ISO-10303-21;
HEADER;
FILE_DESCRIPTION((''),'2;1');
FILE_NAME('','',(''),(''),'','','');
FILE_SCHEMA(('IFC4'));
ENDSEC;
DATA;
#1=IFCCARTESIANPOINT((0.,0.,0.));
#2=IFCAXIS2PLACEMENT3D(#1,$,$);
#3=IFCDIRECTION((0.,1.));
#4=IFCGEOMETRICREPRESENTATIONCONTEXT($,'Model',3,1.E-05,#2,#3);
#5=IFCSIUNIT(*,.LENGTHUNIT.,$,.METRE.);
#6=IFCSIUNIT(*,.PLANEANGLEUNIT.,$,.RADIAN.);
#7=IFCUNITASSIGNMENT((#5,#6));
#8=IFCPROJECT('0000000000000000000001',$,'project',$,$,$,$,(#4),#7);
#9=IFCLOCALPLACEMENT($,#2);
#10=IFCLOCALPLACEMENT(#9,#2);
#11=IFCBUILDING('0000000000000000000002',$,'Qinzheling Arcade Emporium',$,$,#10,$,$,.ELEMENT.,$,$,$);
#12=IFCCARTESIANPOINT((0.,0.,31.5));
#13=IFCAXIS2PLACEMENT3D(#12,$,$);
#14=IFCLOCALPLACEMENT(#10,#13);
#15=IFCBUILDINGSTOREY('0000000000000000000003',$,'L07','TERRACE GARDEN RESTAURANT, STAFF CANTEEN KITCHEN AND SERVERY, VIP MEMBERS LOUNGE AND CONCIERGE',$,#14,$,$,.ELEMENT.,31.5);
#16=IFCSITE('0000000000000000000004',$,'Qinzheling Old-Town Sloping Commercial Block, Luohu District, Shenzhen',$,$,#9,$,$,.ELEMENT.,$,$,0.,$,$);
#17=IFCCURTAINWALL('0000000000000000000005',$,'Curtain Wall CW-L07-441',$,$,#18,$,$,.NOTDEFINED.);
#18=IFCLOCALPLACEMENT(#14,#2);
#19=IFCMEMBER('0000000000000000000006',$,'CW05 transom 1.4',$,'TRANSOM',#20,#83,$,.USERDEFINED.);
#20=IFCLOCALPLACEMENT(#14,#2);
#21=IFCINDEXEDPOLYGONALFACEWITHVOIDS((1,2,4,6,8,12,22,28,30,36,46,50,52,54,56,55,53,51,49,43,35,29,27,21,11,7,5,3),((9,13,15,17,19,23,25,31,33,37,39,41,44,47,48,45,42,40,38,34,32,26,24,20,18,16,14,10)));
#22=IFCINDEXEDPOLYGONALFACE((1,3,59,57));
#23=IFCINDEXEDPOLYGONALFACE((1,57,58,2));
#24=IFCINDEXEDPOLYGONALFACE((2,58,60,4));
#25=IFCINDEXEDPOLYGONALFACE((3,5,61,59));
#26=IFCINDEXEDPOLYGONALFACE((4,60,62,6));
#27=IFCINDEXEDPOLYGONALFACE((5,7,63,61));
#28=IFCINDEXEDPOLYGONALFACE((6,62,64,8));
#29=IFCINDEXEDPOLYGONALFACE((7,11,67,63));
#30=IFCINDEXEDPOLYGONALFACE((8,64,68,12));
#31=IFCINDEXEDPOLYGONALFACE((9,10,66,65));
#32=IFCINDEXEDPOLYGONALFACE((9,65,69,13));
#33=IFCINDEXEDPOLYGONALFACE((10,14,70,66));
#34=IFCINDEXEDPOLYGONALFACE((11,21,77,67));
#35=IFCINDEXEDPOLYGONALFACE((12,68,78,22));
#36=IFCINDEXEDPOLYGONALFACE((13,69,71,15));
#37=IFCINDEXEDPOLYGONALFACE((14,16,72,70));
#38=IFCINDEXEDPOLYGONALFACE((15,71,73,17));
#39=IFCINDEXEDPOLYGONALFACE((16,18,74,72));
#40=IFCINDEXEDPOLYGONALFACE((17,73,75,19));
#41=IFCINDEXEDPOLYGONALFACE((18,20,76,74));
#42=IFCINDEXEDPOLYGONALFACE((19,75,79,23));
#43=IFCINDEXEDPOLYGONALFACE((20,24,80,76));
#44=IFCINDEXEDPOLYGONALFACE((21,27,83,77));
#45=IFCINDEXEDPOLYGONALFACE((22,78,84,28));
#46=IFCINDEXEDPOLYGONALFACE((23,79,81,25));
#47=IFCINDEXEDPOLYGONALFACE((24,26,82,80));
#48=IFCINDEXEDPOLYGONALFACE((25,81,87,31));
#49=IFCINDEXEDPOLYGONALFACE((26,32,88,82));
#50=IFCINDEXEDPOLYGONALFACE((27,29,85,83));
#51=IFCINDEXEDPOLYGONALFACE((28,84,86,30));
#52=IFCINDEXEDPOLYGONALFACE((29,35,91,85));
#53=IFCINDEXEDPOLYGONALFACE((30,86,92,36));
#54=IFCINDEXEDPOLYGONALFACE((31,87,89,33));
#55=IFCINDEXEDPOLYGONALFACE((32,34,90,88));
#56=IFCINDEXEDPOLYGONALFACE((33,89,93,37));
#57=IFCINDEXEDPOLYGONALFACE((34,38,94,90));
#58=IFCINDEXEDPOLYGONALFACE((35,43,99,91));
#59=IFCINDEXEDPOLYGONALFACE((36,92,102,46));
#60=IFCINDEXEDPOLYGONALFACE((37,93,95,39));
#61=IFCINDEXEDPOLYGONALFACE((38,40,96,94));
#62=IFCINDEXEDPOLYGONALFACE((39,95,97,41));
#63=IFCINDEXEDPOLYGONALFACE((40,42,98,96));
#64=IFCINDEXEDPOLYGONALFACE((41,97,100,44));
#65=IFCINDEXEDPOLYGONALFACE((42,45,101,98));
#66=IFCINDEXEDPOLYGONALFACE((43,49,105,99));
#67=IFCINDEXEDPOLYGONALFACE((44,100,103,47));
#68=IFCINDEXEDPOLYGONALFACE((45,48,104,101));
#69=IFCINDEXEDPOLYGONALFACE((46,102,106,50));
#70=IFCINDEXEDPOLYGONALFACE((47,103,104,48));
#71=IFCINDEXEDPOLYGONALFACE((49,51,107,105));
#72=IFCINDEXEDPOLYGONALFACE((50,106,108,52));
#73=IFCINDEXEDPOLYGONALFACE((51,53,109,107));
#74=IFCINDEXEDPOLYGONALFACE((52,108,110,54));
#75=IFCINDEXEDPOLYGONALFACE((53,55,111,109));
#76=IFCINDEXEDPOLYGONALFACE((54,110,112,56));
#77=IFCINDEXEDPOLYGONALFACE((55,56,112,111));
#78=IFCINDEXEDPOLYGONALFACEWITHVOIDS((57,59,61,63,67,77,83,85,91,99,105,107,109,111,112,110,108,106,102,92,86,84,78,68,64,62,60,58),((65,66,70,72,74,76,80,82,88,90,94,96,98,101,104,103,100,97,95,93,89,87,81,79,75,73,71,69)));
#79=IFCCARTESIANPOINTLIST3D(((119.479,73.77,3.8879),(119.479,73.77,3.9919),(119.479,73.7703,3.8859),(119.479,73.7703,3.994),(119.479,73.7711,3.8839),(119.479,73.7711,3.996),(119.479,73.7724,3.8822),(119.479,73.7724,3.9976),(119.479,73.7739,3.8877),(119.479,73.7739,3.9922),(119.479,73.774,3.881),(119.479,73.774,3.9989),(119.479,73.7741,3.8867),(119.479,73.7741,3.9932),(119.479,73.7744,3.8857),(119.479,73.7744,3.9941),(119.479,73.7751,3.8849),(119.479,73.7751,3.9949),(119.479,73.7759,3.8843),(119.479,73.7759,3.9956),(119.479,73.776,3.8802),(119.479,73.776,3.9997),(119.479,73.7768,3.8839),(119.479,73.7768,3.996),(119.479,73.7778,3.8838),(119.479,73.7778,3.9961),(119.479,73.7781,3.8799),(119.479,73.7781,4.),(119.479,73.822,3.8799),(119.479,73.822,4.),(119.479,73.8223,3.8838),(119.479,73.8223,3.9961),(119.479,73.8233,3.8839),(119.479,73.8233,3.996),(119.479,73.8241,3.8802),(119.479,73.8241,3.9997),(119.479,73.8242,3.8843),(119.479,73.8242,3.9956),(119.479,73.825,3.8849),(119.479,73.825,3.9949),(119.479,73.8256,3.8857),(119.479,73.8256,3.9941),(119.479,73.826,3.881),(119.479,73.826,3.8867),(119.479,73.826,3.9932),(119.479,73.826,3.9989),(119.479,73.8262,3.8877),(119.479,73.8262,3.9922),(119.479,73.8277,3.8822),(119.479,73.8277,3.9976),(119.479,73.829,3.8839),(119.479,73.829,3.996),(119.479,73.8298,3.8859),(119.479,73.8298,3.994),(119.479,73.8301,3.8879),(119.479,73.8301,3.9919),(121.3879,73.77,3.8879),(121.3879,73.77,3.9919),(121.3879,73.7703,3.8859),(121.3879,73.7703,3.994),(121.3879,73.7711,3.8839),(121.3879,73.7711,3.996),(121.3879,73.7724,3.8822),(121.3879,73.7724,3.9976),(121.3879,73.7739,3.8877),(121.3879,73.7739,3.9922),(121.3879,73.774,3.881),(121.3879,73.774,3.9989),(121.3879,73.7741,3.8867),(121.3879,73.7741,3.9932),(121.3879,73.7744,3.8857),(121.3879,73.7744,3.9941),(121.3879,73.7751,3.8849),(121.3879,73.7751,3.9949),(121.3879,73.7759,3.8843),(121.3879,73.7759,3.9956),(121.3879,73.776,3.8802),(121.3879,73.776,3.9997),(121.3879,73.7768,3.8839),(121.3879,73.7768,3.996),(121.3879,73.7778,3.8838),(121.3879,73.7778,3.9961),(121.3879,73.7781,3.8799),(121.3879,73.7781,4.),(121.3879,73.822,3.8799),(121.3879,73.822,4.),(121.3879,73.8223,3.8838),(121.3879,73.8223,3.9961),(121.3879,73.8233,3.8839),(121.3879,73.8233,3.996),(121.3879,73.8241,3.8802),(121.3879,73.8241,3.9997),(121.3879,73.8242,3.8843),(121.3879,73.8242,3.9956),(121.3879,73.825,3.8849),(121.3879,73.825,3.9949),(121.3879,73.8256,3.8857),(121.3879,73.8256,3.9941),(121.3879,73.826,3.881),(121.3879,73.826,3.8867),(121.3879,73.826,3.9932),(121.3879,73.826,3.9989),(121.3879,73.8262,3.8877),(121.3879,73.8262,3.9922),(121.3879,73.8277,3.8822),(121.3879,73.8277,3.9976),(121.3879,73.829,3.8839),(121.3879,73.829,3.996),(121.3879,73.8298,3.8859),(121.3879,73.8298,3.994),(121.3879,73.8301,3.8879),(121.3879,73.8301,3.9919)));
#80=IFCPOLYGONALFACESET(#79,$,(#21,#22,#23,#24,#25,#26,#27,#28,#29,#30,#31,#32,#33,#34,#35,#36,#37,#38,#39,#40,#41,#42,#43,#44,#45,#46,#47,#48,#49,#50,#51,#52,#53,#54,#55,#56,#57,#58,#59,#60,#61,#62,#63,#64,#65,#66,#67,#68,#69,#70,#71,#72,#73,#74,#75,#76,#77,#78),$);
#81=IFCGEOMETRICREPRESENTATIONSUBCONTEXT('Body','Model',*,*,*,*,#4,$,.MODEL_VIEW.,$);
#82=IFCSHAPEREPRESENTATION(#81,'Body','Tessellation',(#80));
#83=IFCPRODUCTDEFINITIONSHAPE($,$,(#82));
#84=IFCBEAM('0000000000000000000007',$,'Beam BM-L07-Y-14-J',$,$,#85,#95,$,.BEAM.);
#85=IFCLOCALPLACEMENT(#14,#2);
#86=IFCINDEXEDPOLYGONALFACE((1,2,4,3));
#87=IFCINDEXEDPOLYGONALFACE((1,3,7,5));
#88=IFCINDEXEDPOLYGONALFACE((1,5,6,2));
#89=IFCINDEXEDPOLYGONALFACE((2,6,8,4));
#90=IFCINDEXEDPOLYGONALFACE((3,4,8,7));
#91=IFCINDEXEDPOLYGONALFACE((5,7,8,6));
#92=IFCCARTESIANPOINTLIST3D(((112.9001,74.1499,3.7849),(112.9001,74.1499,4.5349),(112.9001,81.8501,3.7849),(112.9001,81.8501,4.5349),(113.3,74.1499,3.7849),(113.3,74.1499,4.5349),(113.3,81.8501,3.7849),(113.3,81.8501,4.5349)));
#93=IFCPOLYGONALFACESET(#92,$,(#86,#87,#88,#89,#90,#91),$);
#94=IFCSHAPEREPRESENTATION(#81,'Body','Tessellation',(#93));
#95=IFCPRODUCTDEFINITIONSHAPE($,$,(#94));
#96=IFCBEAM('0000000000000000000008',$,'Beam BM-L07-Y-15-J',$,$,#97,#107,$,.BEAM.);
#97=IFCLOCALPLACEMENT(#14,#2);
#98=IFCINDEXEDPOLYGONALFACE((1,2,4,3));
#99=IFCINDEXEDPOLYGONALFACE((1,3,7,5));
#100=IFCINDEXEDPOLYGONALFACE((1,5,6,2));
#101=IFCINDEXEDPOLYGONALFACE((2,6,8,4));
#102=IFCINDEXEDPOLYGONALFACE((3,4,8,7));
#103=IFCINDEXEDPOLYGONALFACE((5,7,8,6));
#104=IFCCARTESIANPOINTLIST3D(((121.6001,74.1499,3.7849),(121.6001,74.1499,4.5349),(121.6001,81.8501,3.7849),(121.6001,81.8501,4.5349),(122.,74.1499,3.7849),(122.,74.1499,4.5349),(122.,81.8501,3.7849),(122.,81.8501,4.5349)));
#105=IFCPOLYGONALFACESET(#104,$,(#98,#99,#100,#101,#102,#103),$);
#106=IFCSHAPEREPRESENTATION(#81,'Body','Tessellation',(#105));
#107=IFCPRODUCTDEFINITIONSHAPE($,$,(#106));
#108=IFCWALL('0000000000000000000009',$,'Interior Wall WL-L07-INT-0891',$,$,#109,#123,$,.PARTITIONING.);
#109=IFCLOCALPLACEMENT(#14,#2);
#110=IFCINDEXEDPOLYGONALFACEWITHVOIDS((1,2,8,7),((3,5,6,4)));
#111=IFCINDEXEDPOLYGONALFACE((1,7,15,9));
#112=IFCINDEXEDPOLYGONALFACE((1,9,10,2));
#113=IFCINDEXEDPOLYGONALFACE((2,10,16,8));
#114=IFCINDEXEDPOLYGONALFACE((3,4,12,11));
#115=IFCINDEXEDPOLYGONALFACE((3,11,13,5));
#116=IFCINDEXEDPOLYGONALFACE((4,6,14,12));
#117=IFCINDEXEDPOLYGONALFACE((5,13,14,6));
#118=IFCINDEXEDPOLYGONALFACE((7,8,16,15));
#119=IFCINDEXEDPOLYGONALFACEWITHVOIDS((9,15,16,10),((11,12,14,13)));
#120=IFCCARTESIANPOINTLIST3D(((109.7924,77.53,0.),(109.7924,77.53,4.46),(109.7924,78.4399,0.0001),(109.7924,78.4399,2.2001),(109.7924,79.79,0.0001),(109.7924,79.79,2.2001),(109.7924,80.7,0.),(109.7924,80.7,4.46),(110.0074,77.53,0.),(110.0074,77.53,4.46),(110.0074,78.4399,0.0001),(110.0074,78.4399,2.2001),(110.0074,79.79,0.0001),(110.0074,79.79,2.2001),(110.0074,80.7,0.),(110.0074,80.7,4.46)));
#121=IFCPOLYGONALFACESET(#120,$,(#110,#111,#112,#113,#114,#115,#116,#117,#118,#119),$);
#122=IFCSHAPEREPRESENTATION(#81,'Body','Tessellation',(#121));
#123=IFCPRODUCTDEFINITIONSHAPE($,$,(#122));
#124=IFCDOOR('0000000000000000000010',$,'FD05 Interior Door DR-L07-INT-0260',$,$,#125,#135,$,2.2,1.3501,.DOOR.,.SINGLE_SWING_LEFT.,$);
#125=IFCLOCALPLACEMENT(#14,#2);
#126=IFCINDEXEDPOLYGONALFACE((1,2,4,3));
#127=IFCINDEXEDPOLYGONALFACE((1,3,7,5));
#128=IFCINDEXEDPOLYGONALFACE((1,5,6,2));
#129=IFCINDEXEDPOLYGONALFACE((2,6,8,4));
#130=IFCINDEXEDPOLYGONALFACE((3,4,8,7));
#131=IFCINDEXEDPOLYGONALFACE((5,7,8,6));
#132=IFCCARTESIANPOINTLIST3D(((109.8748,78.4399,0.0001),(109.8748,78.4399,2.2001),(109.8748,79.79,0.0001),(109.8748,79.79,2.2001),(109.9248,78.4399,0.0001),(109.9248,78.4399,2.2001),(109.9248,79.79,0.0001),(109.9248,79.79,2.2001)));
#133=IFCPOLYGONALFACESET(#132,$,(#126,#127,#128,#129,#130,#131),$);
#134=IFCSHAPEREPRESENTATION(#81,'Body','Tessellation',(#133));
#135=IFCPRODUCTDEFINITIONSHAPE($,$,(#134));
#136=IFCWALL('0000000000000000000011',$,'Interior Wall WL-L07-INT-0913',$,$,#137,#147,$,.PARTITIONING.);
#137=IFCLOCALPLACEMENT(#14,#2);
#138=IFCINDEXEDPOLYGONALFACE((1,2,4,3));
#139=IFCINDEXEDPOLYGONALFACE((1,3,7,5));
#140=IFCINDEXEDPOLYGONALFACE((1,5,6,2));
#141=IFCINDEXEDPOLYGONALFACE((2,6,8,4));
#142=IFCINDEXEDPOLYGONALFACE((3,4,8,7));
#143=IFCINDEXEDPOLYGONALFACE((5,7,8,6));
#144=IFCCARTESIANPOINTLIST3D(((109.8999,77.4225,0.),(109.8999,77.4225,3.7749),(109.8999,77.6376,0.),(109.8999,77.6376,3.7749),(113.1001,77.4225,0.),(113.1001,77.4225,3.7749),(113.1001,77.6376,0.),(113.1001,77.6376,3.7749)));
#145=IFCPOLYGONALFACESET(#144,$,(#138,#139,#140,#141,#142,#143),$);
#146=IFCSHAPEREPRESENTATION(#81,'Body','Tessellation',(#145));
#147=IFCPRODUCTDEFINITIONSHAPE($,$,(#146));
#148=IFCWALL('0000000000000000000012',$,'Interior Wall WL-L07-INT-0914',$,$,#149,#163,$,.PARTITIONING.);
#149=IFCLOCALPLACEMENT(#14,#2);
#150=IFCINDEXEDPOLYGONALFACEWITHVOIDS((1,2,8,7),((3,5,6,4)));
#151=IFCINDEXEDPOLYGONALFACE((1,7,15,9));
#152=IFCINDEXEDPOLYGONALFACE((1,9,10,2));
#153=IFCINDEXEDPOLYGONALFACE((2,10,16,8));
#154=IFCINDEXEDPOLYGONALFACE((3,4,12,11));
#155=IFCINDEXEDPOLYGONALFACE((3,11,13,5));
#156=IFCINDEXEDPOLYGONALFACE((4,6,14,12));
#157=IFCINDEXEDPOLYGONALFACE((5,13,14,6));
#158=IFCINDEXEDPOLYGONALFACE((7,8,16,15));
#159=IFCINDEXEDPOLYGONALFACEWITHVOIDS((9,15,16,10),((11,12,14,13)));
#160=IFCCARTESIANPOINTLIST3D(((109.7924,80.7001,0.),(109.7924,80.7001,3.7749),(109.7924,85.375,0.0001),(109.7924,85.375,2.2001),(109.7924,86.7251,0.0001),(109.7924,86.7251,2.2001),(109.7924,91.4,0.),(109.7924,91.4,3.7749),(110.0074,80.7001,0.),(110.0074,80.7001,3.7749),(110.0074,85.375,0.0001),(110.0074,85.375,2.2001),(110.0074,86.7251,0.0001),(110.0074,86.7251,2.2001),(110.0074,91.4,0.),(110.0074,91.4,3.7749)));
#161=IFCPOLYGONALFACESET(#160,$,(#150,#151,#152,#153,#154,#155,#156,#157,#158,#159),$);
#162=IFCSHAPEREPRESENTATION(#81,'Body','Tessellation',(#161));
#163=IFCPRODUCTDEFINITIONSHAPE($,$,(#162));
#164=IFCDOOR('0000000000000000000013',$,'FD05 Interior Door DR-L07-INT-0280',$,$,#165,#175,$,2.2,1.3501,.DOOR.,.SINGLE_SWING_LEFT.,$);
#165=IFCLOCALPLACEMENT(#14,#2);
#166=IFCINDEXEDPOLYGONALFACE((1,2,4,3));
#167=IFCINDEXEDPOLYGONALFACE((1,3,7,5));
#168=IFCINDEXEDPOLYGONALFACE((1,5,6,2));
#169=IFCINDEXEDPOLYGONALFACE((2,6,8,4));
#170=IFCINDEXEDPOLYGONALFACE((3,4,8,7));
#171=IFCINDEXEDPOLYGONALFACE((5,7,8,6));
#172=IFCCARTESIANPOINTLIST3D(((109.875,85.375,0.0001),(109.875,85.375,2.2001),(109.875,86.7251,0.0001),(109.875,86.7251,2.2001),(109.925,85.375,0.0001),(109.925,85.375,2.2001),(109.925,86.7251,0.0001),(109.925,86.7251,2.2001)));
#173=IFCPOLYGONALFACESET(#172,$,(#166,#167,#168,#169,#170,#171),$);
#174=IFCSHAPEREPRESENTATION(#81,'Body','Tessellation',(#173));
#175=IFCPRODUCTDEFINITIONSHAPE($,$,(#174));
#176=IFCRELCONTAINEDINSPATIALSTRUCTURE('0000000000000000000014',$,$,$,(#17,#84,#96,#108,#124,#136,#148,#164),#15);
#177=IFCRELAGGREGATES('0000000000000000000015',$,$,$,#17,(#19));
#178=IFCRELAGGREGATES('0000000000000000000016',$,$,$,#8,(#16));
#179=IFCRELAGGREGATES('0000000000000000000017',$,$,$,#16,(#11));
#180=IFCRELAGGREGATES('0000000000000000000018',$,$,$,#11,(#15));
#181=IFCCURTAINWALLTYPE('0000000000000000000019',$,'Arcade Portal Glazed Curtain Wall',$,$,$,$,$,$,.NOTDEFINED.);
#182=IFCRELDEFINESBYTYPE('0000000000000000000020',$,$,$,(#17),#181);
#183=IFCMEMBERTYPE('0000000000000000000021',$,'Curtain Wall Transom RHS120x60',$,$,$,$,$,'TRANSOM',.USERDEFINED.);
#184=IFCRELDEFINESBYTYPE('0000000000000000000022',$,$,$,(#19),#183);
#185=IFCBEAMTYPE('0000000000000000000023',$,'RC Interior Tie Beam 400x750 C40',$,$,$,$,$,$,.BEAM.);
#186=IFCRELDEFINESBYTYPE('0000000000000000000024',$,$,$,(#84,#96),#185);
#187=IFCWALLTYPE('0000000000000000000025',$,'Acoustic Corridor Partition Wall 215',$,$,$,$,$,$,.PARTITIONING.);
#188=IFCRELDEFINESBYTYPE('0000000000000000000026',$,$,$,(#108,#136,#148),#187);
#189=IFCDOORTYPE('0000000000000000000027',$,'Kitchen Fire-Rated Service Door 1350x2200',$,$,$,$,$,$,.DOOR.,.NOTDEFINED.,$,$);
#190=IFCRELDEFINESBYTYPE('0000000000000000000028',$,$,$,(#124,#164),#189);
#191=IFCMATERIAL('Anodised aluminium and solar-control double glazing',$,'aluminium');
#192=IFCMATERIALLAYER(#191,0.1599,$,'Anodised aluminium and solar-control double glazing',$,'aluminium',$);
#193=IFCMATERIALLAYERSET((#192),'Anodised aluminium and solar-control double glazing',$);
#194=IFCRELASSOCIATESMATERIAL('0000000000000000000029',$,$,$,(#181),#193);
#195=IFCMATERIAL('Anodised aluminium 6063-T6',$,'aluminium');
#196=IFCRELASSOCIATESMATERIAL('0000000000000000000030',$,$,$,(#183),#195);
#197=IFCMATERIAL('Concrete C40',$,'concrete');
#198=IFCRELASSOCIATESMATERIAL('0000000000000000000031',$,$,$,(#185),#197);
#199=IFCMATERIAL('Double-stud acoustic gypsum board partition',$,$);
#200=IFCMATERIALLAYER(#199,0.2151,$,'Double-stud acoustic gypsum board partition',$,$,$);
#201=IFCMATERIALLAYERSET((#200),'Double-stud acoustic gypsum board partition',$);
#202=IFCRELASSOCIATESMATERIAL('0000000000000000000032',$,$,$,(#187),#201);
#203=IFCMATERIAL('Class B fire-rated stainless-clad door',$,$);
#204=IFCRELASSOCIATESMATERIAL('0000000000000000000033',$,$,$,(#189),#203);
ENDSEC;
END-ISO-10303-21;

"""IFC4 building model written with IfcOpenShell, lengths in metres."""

from ifc_helpers import new_model, si_unit, direction, frame, frame_2d, origin, origin_2d, place, context, subcontext, project, spatial, rectangle, hollow_rectangle, extrude, material, layer, layer_set, material_profile, profile_set, type_object, element, fill, aggregate, save


model = new_model("IFC4")

# Units and contexts
model_context = context("Model", 3, precision=1e-05, world=origin(), true_north=direction((0.0, 1.0)))
body_context = subcontext(model_context, "Body", "Model", "MODEL_VIEW")
ifc_project = project(units=[si_unit("LENGTHUNIT", "METRE"), si_unit("PLANEANGLEUNIT", "RADIAN")], contexts=[model_context])

# Site, building, storey
site_placement = place(None, origin())
site = spatial("IfcSite", under=ifc_project, at=site_placement, Name="Qinzheling Old-Town Sloping Commercial Block, Luohu District, Shenzhen", CompositionType="ELEMENT", RefElevation=0.0)
building_placement = place(site_placement, origin())
building = spatial("IfcBuilding", under=site, at=building_placement, Name="Qinzheling Arcade Emporium", CompositionType="ELEMENT")
storey_placement = place(building_placement, frame((0.0, 0.0, 31.5)))
storey = spatial("IfcBuildingStorey", under=building, at=storey_placement, Name="L07", Description="TERRACE GARDEN RESTAURANT, STAFF CANTEEN KITCHEN AND SERVERY, VIP MEMBERS LOUNGE AND CONCIERGE", CompositionType="ELEMENT", Elevation=31.5)

# Shared definitions
ifc_material_1 = material(Name="Concrete C40", Category="concrete")

# Curtain wall, member
ifc_material_2 = material(Name="Anodised aluminium and solar-control double glazing", Category="aluminium")
ifc_layer_1 = layer(ifc_material_2, 0.1599, Name="Anodised aluminium and solar-control double glazing", Category="aluminium")
ifc_layer_set_1 = layer_set([ifc_layer_1], Name="Anodised aluminium and solar-control double glazing")
curtain_wall_type = type_object("IfcCurtainWallType", Name="Arcade Portal Glazed Curtain Wall", PredefinedType="NOTDEFINED", material=ifc_layer_set_1)
curtain_wall_placement = place(storey_placement, origin())
curtain_wall = element("IfcCurtainWall", 1, at=curtain_wall_placement, inside=storey, type_object=curtain_wall_type, Name="Curtain Wall CW-L07-441", PredefinedType="NOTDEFINED")
ifc_material_3 = material(Name="Anodised aluminium 6063-T6", Category="aluminium")
ifc_material_profile_1 = material_profile(ifc_material_3, hollow_rectangle(XDim=0.0601, YDim=0.1201, WallThickness=0.0039, InnerFilletRadius=0.0039, OuterFilletRadius=0.0081, at=origin_2d()), Name="RHS 120x60x4", Category="aluminium")
ifc_profile_set_1 = profile_set([ifc_material_profile_1], Name="Anodised aluminium 6063-T6")
member_type_1 = type_object("IfcMemberType", Name="Curtain Wall Transom RHS120x60", ElementType="TRANSOM", PredefinedType="USERDEFINED", material=ifc_profile_set_1)
member_1_placement = place(storey_placement, frame((121.3879, 73.8, 3.9399), z_axis=(-1.0, 0.0, 0.0), x_axis=(0.0, -1.0, 0.0)))
member_1 = element("IfcMember", 2, at=member_1_placement, type_object=member_type_1, Name="CW05 transom 1.4", ObjectType="TRANSOM", PredefinedType="USERDEFINED", context=body_context, shape_type="SweptSolid", body=[
    extrude(hollow_rectangle(XDim=0.0601, YDim=0.1201, WallThickness=0.0039, InnerFilletRadius=0.0039, OuterFilletRadius=0.0081, at=origin_2d()), origin(), (0.0, 0.0, 1.0), 1.9089),
])
aggregate(curtain_wall, [member_1])

# Beams
ifc_material_profile_2 = material_profile(ifc_material_1, rectangle(XDim=0.3999, YDim=0.75, at=origin_2d()), Name="RC 400x750", Category="concrete")
ifc_profile_set_2 = profile_set([ifc_material_profile_2], Name="Concrete C40")
beam_type = type_object("IfcBeamType", Name="RC Interior Tie Beam 400x750 C40", PredefinedType="BEAM", material=ifc_profile_set_2)
for number, where, z_axis, x_axis, name in (
    (3, (113.1001, 74.1499, 4.1599), (0.0, 1.0, 0.0), (-1.0, 0.0, 0.0), "Beam BM-L07-Y-14-J"),
    (4, (121.8, 74.1499, 4.1599), (0.0, 1.0, 0.0), (-1.0, 0.0, 0.0), "Beam BM-L07-Y-15-J"),
):
    element("IfcBeam", number, at=place(storey_placement, frame(where, z_axis=z_axis, x_axis=x_axis)), inside=storey, type_object=beam_type, Name=name, PredefinedType="BEAM", context=body_context, shape_type="SweptSolid", body=[
        extrude(rectangle(XDim=0.3999, YDim=0.75, at=origin_2d()), origin(), (0.0, 0.0, 1.0), 7.7002),
    ])

# Wall, opening, door
ifc_material_4 = material(Name="Double-stud acoustic gypsum board partition")
ifc_layer_2 = layer(ifc_material_4, 0.2151, Name="Double-stud acoustic gypsum board partition")
ifc_layer_set_2 = layer_set([ifc_layer_2], Name="Double-stud acoustic gypsum board partition")
wall_type_1 = type_object("IfcWallType", Name="Acoustic Corridor Partition Wall 215", PredefinedType="PARTITIONING", material=ifc_layer_set_2)
wall_1_placement = place(storey_placement, frame((109.8999, 80.7, 0.0), z_axis=(0.0, 0.0, 1.0), x_axis=(0.0, -1.0, 0.0)))
wall_1 = element("IfcWall", 5, at=wall_1_placement, inside=storey, type_object=wall_type_1, Name="Interior Wall WL-L07-INT-0891", PredefinedType="PARTITIONING", context=body_context, shape_type="SweptSolid", body=[
    extrude(rectangle(XDim=3.1699, YDim=0.2151, at=frame_2d((1.585, 0.0))), origin(), (0.0, 0.0, 1.0), 4.46),
])
opening_1_placement = place(wall_1_placement, frame((0.9099, 0.0, 0.0)))
opening_1 = element("IfcOpeningElement", 6, at=opening_1_placement, cuts=wall_1, PredefinedType="OPENING", context=body_context, shape_type="SweptSolid", body=[
    extrude(rectangle(XDim=1.3501, YDim=2.2, at=frame_2d((0.675, 1.1001))), frame((0.0, 0.1177, 0.0), z_axis=(0.0, -1.0, 0.0), x_axis=(1.0, 0.0, 0.0)), (0.0, 0.0, 1.0), 0.2351),
])
ifc_material_5 = material(Name="Class B fire-rated stainless-clad door")
door_type = type_object("IfcDoorType", Name="Kitchen Fire-Rated Service Door 1350x2200", OperationType="NOTDEFINED", PredefinedType="DOOR", material=ifc_material_5)
door_1_placement = place(opening_1_placement, origin())
door_1 = element("IfcDoor", 7, at=door_1_placement, inside=storey, type_object=door_type, Name="FD05 Interior Door DR-L07-INT-0260", OperationType="SINGLE_SWING_LEFT", OverallHeight=2.2, OverallWidth=1.3501, PredefinedType="DOOR", context=body_context, shape_type="SweptSolid", body=[
    extrude(rectangle(XDim=1.3501, YDim=2.2, at=frame_2d((0.675, 1.1001))), frame((0.0, 0.0249, 0.0), z_axis=(0.0, -1.0, 0.0), x_axis=(1.0, 0.0, 0.0)), (0.0, 0.0, 1.0), 0.05),
])
fill(opening_1, door_1)

# Wall
wall_2_placement = place(storey_placement, frame((113.1001, 77.53, 0.0), z_axis=(0.0, 0.0, 1.0), x_axis=(-1.0, 0.0, 0.0)))
element("IfcWall", 8, at=wall_2_placement, inside=storey, type_object=wall_type_1, Name="Interior Wall WL-L07-INT-0913", PredefinedType="PARTITIONING", context=body_context, shape_type="SweptSolid", body=[
    extrude(rectangle(XDim=3.2002, YDim=0.2151, at=frame_2d((1.6001, 0.0))), origin(), (0.0, 0.0, 1.0), 3.7749),
])

# Wall, opening, door
wall_3_placement = place(storey_placement, frame((109.8999, 80.7, 0.0), z_axis=(0.0, 0.0, 1.0), x_axis=(0.0, 1.0, 0.0)))
wall_3 = element("IfcWall", 9, at=wall_3_placement, inside=storey, type_object=wall_type_1, Name="Interior Wall WL-L07-INT-0914", PredefinedType="PARTITIONING", context=body_context, shape_type="SweptSolid", body=[
    extrude(rectangle(XDim=10.7, YDim=0.2151, at=frame_2d((5.3501, 0.0))), origin(), (0.0, 0.0, 1.0), 3.7749),
])
opening_2_placement = place(wall_3_placement, frame((4.675, 0.0, 0.0)))
opening_2 = element("IfcOpeningElement", 10, at=opening_2_placement, cuts=wall_3, PredefinedType="OPENING", context=body_context, shape_type="SweptSolid", body=[
    extrude(rectangle(XDim=1.3501, YDim=2.2, at=frame_2d((0.675, 1.1001))), frame((0.0, 0.1177, 0.0), z_axis=(0.0, -1.0, 0.0), x_axis=(1.0, 0.0, 0.0)), (0.0, 0.0, 1.0), 0.2351),
])
door_2_placement = place(opening_2_placement, origin())
door_2 = element("IfcDoor", 11, at=door_2_placement, inside=storey, type_object=door_type, Name="FD05 Interior Door DR-L07-INT-0280", OperationType="SINGLE_SWING_LEFT", OverallHeight=2.2, OverallWidth=1.3501, PredefinedType="DOOR", context=body_context, shape_type="SweptSolid", body=[
    extrude(rectangle(XDim=1.3501, YDim=2.2, at=frame_2d((0.675, 1.1001))), frame((0.0, 0.0249, 0.0), z_axis=(0.0, -1.0, 0.0), x_axis=(1.0, 0.0, 0.0)), (0.0, 0.0, 1.0), 0.05),
])
fill(opening_2, door_2)

save(model, "model.ifc")
